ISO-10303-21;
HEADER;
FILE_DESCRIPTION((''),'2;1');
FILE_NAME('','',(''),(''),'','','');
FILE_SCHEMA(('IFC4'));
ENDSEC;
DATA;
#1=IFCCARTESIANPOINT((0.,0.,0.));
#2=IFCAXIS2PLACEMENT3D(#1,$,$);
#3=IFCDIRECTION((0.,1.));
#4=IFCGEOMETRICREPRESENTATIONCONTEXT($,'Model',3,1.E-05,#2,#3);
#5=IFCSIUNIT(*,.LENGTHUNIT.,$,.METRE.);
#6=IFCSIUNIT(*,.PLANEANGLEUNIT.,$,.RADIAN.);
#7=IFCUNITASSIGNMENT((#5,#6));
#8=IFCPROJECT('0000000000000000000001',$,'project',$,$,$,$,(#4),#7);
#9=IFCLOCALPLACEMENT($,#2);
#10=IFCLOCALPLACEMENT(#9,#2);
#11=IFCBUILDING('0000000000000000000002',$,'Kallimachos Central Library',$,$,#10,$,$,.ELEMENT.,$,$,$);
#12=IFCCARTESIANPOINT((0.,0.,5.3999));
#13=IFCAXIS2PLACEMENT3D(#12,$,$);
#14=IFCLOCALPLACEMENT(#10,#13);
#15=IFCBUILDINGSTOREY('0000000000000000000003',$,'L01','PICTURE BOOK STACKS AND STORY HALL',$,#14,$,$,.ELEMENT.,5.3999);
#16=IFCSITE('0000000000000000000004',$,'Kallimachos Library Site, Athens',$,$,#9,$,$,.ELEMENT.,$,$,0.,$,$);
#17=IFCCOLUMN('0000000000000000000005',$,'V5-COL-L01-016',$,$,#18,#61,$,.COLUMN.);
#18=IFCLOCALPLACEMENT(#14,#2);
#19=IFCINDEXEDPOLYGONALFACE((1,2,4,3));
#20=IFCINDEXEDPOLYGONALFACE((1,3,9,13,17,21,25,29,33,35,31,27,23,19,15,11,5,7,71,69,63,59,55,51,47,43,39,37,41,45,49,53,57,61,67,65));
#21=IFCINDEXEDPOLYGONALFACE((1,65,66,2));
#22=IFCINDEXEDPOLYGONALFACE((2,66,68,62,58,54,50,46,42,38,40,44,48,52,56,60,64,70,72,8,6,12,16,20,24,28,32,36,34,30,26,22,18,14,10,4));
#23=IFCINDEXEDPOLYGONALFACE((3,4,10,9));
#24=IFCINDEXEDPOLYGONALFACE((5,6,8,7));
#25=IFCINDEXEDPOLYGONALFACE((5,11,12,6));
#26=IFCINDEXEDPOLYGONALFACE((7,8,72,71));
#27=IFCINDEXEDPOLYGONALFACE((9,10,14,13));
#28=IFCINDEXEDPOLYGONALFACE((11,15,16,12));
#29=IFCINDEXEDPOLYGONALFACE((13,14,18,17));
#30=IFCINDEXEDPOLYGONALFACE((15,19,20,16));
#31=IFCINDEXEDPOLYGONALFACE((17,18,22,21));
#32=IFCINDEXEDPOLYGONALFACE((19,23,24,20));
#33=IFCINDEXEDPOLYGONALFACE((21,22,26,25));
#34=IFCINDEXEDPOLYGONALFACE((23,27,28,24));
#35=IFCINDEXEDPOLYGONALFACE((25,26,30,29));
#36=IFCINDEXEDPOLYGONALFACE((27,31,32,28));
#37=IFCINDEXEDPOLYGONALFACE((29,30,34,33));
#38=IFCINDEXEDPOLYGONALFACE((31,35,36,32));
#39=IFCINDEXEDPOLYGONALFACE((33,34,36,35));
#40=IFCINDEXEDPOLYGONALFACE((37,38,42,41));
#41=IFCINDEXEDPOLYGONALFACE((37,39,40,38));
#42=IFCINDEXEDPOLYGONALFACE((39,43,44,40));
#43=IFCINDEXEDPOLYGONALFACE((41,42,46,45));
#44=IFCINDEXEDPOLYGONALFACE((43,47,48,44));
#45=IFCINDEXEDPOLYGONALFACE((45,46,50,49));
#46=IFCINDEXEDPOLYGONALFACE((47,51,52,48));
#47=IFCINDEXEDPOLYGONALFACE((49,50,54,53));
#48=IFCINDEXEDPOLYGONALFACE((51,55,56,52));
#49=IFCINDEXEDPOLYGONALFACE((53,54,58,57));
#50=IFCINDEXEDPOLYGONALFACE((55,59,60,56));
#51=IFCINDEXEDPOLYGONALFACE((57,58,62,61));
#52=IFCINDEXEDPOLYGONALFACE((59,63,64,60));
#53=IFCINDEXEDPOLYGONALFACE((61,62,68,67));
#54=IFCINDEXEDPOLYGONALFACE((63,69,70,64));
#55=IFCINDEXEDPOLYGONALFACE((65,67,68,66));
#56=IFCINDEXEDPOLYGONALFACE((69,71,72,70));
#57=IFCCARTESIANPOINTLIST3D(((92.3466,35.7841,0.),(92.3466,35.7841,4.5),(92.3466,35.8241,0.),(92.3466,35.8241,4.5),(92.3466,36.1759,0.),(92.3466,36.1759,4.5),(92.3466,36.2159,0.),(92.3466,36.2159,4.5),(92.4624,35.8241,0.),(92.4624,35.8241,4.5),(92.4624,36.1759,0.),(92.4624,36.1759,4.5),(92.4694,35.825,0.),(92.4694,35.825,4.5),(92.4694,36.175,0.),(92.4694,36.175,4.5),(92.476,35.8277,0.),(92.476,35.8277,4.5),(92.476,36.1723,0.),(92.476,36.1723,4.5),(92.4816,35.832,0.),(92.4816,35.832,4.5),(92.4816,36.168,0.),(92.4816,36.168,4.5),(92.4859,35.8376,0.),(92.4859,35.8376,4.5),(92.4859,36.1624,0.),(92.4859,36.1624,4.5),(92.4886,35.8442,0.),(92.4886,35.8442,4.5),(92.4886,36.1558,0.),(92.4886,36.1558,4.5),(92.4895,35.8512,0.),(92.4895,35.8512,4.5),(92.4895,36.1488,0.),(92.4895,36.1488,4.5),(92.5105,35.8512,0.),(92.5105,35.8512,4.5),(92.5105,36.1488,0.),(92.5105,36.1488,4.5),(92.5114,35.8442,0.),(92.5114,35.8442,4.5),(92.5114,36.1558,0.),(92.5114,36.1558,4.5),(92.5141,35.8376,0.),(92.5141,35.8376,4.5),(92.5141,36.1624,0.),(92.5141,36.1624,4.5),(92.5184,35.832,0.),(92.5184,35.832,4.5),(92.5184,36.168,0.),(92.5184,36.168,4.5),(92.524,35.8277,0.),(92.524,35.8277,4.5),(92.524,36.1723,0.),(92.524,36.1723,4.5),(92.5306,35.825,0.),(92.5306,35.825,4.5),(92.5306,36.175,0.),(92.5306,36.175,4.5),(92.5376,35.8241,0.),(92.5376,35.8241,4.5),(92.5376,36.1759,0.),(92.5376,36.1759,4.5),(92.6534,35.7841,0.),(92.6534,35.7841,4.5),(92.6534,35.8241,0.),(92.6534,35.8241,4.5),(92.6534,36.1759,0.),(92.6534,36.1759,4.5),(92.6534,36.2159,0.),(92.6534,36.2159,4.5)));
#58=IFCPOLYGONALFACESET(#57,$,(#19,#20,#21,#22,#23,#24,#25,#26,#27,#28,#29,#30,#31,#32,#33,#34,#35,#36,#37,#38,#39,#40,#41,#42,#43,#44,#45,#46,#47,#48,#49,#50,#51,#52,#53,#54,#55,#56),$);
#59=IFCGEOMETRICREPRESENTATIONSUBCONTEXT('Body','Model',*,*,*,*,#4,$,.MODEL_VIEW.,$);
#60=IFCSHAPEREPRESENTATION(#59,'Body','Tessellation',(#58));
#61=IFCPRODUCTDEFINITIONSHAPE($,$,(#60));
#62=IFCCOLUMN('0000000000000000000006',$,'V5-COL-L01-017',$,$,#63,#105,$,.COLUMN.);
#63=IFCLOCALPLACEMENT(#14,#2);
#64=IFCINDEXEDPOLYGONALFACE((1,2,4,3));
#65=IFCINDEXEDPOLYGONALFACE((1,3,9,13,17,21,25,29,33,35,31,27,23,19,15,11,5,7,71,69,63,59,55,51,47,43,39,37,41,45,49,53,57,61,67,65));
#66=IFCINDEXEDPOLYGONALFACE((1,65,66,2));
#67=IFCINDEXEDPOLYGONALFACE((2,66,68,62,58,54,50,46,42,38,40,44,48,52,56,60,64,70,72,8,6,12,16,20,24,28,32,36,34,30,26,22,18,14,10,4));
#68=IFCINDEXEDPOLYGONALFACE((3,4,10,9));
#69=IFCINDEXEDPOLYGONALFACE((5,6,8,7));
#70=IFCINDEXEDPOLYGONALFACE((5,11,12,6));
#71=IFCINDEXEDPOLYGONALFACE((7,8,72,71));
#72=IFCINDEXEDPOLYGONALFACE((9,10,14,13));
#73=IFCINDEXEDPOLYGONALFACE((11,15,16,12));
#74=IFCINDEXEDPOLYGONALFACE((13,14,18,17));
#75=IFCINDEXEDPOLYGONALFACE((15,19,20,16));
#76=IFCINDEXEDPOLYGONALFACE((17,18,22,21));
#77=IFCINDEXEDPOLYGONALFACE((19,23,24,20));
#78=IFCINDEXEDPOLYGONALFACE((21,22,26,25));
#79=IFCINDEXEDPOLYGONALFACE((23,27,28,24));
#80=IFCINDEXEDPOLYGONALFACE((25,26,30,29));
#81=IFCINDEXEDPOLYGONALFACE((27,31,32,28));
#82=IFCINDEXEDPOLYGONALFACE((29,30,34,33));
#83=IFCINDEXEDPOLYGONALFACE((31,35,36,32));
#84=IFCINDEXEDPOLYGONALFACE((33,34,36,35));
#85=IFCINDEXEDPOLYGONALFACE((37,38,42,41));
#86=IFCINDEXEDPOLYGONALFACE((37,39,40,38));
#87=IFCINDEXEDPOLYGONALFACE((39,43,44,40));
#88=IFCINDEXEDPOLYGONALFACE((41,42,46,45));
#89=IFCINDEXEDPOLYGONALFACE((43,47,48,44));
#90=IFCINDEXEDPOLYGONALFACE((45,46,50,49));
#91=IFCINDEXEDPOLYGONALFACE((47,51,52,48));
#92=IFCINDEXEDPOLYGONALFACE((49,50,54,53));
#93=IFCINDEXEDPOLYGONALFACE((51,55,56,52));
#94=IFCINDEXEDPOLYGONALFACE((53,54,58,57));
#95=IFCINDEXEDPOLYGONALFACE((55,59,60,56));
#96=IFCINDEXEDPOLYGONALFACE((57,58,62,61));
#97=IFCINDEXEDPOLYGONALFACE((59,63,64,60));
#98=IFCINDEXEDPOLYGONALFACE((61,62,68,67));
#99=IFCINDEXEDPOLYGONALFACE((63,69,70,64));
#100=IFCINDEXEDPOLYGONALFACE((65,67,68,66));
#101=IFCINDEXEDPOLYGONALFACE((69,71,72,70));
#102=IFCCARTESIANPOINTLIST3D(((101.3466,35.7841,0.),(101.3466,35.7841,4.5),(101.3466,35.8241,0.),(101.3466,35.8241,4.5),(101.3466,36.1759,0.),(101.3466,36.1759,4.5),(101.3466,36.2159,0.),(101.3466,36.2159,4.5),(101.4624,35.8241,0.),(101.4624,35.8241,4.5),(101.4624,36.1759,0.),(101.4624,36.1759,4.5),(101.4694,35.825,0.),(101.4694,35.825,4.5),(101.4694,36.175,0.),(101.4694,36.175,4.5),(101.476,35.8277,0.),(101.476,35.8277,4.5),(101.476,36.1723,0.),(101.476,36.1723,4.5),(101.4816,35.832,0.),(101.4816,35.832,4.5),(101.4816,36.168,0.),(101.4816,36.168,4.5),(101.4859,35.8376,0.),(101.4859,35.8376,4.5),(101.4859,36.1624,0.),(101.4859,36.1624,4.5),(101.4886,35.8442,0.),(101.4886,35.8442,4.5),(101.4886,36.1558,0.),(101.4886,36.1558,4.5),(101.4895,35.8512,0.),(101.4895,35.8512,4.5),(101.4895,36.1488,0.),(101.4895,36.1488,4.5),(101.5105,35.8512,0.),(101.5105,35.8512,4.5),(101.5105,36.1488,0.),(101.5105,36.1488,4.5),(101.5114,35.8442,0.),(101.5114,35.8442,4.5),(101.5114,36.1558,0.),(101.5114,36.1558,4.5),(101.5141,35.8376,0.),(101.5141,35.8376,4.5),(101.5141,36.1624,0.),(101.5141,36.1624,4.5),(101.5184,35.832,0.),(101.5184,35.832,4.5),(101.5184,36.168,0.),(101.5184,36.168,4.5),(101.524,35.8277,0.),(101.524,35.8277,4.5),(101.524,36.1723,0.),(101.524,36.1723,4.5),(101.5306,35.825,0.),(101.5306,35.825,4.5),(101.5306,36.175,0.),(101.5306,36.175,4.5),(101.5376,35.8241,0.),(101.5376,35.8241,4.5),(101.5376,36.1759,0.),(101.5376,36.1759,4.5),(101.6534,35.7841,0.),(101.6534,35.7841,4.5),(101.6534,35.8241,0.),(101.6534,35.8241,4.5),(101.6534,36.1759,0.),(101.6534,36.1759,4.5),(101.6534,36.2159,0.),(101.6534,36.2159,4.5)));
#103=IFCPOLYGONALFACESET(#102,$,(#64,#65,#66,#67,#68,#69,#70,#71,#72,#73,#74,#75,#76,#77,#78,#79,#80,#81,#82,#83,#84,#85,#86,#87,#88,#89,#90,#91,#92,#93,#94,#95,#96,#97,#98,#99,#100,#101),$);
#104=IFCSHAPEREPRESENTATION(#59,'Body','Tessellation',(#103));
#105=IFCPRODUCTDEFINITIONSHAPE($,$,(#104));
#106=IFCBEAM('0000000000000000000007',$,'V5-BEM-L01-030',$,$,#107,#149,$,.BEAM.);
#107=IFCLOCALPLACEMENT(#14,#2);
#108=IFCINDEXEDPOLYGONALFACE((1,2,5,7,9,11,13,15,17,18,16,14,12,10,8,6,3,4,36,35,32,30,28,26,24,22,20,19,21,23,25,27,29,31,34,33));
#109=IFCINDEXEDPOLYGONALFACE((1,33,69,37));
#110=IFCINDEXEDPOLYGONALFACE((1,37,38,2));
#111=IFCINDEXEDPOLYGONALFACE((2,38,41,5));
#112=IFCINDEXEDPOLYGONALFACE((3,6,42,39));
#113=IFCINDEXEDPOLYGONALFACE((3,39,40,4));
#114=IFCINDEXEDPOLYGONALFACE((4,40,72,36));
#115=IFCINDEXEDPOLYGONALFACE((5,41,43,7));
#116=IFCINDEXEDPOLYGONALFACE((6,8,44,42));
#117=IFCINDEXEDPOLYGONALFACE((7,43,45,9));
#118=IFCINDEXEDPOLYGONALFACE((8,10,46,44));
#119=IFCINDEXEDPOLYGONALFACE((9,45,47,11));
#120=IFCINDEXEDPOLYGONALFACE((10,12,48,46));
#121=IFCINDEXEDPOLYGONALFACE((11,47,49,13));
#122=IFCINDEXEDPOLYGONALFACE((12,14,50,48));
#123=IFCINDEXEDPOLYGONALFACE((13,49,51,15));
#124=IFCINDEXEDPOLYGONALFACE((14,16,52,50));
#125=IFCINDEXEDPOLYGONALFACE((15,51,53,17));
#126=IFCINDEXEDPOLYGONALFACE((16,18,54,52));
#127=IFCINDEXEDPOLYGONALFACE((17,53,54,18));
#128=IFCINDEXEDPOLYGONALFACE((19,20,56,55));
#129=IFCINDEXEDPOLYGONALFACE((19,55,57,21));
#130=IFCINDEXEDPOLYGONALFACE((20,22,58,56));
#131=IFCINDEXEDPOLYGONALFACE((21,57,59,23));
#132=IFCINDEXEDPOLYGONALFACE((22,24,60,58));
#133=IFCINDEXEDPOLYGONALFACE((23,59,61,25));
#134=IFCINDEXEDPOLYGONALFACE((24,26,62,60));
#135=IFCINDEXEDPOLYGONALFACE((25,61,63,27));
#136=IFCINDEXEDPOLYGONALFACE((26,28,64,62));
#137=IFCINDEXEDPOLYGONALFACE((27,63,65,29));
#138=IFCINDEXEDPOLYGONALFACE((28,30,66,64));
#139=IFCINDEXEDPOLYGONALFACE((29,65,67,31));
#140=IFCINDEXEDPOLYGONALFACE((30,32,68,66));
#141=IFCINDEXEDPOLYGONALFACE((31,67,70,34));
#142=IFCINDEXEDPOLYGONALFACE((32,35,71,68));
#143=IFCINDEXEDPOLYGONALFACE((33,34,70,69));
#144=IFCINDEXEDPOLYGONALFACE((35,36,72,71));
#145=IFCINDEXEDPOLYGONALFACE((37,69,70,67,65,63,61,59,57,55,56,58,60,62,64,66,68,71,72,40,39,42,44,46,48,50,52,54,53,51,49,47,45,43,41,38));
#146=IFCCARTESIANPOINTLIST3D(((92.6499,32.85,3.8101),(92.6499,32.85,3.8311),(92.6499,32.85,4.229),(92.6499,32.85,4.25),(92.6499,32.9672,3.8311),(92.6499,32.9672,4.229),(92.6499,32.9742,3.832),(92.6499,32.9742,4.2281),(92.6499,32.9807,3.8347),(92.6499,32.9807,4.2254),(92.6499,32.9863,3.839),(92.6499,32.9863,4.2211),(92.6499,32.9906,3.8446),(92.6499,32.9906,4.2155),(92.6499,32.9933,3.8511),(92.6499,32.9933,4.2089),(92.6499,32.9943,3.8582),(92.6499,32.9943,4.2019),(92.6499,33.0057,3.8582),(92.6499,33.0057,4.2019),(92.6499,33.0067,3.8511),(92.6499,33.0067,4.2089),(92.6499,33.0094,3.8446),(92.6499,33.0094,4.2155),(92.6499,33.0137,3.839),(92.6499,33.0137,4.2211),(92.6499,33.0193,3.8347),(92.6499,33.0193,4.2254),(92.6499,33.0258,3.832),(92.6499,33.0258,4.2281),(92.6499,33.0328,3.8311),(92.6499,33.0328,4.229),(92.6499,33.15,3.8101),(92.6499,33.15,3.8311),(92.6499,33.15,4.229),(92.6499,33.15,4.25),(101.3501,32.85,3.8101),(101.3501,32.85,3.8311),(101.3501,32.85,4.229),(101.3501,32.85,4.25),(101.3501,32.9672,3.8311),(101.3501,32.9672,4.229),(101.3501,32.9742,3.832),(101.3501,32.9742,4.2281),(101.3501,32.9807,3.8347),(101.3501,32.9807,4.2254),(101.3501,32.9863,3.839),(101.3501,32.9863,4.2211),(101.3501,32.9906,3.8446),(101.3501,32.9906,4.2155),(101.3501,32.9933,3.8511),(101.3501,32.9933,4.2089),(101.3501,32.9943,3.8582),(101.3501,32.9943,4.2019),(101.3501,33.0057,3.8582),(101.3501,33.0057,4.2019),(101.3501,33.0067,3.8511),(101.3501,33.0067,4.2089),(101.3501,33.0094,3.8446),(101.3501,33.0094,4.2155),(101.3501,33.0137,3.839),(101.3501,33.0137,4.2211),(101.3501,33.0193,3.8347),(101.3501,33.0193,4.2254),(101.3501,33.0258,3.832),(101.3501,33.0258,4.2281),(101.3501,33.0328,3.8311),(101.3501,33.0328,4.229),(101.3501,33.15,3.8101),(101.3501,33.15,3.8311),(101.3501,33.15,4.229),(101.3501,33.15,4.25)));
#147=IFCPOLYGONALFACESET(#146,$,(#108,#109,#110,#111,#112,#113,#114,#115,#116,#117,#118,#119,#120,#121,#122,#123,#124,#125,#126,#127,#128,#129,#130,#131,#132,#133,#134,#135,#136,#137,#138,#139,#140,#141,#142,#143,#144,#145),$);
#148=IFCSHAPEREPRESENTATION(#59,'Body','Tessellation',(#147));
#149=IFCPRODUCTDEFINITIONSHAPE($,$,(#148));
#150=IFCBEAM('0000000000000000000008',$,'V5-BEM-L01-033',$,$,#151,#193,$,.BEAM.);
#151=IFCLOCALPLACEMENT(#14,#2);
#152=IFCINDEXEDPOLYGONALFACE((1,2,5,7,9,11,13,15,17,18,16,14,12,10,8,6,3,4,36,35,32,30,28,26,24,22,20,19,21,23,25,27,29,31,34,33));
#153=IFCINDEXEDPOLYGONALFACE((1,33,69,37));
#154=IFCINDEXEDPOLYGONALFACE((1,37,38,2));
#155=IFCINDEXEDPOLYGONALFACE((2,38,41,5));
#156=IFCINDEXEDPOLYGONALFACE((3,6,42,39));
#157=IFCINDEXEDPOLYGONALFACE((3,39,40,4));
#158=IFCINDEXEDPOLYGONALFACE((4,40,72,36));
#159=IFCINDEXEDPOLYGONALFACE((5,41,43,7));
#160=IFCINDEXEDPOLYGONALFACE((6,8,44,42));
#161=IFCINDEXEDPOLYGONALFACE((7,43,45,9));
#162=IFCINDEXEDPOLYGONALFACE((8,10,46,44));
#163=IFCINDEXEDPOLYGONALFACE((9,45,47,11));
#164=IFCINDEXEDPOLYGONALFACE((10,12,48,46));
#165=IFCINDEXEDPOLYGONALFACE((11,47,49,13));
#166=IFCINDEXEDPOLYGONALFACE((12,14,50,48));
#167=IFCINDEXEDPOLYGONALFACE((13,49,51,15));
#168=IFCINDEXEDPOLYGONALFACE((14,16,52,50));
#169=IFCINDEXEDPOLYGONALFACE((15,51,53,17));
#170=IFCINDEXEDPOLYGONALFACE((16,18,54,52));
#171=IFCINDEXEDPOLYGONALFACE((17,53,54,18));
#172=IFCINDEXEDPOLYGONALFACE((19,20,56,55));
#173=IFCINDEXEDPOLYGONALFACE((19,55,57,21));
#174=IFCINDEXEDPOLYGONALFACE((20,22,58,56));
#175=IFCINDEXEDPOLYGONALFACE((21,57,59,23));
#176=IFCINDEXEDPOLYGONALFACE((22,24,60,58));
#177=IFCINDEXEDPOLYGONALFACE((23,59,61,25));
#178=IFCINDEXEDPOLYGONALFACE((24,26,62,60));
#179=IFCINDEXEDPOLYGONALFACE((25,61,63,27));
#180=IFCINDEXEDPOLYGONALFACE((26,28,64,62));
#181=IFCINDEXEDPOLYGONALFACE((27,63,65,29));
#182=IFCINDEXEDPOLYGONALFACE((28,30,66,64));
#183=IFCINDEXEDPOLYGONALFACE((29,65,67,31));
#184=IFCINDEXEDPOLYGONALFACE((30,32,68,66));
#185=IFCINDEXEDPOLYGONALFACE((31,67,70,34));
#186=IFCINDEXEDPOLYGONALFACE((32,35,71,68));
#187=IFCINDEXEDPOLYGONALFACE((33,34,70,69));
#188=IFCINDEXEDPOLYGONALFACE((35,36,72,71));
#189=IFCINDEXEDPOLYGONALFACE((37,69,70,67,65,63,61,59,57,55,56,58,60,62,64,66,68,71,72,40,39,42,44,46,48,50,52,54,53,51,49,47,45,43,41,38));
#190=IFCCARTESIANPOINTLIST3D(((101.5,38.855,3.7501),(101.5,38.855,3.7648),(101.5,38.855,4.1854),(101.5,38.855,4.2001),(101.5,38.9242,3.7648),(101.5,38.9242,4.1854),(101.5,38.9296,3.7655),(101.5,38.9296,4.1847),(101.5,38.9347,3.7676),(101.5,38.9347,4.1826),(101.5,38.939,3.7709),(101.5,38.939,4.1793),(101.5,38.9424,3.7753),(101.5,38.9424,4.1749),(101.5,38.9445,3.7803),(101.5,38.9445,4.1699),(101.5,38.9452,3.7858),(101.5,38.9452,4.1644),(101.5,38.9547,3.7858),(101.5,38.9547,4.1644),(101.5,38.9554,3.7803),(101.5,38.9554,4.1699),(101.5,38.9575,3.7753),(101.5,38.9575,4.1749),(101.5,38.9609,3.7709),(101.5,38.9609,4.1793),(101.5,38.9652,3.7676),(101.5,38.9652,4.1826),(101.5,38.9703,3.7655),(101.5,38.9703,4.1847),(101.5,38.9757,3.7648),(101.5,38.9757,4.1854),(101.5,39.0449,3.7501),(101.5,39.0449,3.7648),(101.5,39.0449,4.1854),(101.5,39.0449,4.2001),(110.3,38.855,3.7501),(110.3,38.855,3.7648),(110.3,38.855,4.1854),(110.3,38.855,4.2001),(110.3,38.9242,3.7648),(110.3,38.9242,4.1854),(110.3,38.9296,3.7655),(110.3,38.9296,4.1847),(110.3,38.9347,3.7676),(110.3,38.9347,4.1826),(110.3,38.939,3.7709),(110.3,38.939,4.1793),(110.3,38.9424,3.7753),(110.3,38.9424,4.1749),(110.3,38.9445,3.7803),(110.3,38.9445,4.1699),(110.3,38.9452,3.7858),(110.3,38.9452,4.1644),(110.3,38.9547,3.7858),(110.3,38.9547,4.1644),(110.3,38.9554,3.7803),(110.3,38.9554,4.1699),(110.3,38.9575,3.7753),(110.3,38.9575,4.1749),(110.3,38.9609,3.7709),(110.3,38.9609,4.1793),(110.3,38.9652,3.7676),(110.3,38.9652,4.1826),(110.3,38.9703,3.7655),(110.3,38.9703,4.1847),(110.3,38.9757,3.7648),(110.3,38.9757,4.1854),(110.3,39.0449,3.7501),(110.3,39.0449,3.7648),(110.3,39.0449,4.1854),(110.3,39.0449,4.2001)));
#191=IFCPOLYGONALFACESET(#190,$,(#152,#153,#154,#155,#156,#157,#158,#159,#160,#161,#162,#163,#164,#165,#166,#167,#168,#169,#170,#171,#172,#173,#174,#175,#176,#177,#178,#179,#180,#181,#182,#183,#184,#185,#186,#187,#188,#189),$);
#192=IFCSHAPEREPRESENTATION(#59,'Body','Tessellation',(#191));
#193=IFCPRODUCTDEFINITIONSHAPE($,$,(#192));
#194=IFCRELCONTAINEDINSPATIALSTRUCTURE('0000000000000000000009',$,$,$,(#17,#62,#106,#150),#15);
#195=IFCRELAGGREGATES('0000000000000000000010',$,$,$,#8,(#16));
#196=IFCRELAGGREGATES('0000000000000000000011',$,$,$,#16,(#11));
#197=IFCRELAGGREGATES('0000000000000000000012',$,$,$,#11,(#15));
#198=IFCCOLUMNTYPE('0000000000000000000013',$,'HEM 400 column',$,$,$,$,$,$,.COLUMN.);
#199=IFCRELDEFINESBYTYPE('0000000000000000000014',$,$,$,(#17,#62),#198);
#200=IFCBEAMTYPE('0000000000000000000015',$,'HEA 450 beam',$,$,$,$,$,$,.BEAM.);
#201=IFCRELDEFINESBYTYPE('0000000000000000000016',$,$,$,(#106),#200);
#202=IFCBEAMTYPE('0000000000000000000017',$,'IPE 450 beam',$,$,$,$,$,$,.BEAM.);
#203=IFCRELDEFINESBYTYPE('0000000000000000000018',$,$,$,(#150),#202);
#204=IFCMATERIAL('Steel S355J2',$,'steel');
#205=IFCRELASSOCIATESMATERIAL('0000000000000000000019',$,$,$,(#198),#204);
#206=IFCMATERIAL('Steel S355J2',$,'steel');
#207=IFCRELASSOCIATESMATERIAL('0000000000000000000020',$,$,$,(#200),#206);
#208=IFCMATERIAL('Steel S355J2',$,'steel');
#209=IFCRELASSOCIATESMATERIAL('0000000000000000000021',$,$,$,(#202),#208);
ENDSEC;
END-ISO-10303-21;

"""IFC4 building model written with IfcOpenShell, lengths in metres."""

from ifc_helpers import new_model, si_unit, direction, frame, origin, origin_2d, place, context, subcontext, project, spatial, i_section, extrude, material, material_profile, profile_set, type_object, element, save


model = new_model("IFC4")

# Units and contexts
model_context = context("Model", 3, precision=1e-05, world=origin(), true_north=direction((0.0, 1.0)))
body_context = subcontext(model_context, "Body", "Model", "MODEL_VIEW")
ifc_project = project(units=[si_unit("LENGTHUNIT", "METRE"), si_unit("PLANEANGLEUNIT", "RADIAN")], contexts=[model_context])

# Site, building, storey
site_placement = place(None, origin())
site = spatial("IfcSite", under=ifc_project, at=site_placement, Name="Kallimachos Library Site, Athens", CompositionType="ELEMENT", RefElevation=0.0)
building_placement = place(site_placement, origin())
building = spatial("IfcBuilding", under=site, at=building_placement, Name="Kallimachos Central Library", CompositionType="ELEMENT")
storey_placement = place(building_placement, frame((0.0, 0.0, 5.3999)))
storey = spatial("IfcBuildingStorey", under=building, at=storey_placement, Name="L01", Description="PICTURE BOOK STACKS AND STORY HALL", CompositionType="ELEMENT", Elevation=5.3999)

# Columns
ifc_material_1 = material(Name="Steel S355J2", Category="steel")
ifc_material_profile_1 = material_profile(ifc_material_1, i_section(OverallWidth=0.3069, OverallDepth=0.4319, WebThickness=0.021, FlangeThickness=0.04, FilletRadius=0.0271, at=origin_2d()), Name="HEM 400")
ifc_profile_set_1 = profile_set([ifc_material_profile_1], Name="Steel S355J2")
column_type = type_object("IfcColumnType", Name="HEM 400 column", PredefinedType="COLUMN", material=ifc_profile_set_1)
for number, where, z_axis, x_axis, name in (
    (1, (92.5, 36.0, 0.0), (0.0, 0.0, 1.0), (1.0, 0.0, 0.0), "V5-COL-L01-016"),
    (2, (101.5, 36.0, 0.0), (0.0, 0.0, 1.0), (1.0, 0.0, 0.0), "V5-COL-L01-017"),
):
    element("IfcColumn", number, at=place(storey_placement, frame(where, z_axis=z_axis, x_axis=x_axis)), inside=storey, type_object=column_type, Name=name, PredefinedType="COLUMN", context=body_context, shape_type="SweptSolid", body=[
        extrude(i_section(OverallWidth=0.3069, OverallDepth=0.4319, WebThickness=0.021, FlangeThickness=0.04, FilletRadius=0.0271, at=origin_2d()), origin(), (0.0, 0.0, 1.0), 4.5),
    ])

# Beams
ifc_material_2 = material(Name="Steel S355J2", Category="steel")
ifc_material_profile_2 = material_profile(ifc_material_2, i_section(OverallWidth=0.3, OverallDepth=0.4399, WebThickness=0.0115, FlangeThickness=0.021, FilletRadius=0.0271, at=origin_2d()), Name="HEA 450")
ifc_profile_set_2 = profile_set([ifc_material_profile_2], Name="Steel S355J2")
beam_type_1 = type_object("IfcBeamType", Name="HEA 450 beam", PredefinedType="BEAM", material=ifc_profile_set_2)
beam_placement = place(storey_placement, frame((92.6499, 33.0, 4.03), z_axis=(1.0, 0.0, 0.0), x_axis=(0.0, 1.0, 0.0)))
element("IfcBeam", 3, at=beam_placement, inside=storey, type_object=beam_type_1, Name="V5-BEM-L01-030", PredefinedType="BEAM", context=body_context, shape_type="SweptSolid", body=[
    extrude(i_section(OverallWidth=0.3, OverallDepth=0.4399, WebThickness=0.0115, FlangeThickness=0.021, FilletRadius=0.0271, at=origin_2d()), origin(), (0.0, 0.0, 1.0), 8.7002),
])
ifc_material_3 = material(Name="Steel S355J2", Category="steel")
ifc_material_profile_3 = material_profile(ifc_material_3, i_section(OverallWidth=0.1899, OverallDepth=0.45, WebThickness=0.0095, FlangeThickness=0.0146, FilletRadius=0.021, at=origin_2d()), Name="IPE 450")
ifc_profile_set_3 = profile_set([ifc_material_profile_3], Name="Steel S355J2")
beam_type_2 = type_object("IfcBeamType", Name="IPE 450 beam", PredefinedType="BEAM", material=ifc_profile_set_3)
for number, where, z_axis, x_axis, name in (
    (4, (101.5, 38.95, 3.9751), (1.0, 0.0, 0.0), (0.0, 1.0, 0.0), "V5-BEM-L01-033"),
):
    element("IfcBeam", number, at=place(storey_placement, frame(where, z_axis=z_axis, x_axis=x_axis)), inside=storey, type_object=beam_type_2, Name=name, PredefinedType="BEAM", context=body_context, shape_type="SweptSolid", body=[
        extrude(i_section(OverallWidth=0.1899, OverallDepth=0.45, WebThickness=0.0095, FlangeThickness=0.0146, FilletRadius=0.021, at=origin_2d()), origin(), (0.0, 0.0, 1.0), 8.8),
    ])

save(model, "model.ifc")
